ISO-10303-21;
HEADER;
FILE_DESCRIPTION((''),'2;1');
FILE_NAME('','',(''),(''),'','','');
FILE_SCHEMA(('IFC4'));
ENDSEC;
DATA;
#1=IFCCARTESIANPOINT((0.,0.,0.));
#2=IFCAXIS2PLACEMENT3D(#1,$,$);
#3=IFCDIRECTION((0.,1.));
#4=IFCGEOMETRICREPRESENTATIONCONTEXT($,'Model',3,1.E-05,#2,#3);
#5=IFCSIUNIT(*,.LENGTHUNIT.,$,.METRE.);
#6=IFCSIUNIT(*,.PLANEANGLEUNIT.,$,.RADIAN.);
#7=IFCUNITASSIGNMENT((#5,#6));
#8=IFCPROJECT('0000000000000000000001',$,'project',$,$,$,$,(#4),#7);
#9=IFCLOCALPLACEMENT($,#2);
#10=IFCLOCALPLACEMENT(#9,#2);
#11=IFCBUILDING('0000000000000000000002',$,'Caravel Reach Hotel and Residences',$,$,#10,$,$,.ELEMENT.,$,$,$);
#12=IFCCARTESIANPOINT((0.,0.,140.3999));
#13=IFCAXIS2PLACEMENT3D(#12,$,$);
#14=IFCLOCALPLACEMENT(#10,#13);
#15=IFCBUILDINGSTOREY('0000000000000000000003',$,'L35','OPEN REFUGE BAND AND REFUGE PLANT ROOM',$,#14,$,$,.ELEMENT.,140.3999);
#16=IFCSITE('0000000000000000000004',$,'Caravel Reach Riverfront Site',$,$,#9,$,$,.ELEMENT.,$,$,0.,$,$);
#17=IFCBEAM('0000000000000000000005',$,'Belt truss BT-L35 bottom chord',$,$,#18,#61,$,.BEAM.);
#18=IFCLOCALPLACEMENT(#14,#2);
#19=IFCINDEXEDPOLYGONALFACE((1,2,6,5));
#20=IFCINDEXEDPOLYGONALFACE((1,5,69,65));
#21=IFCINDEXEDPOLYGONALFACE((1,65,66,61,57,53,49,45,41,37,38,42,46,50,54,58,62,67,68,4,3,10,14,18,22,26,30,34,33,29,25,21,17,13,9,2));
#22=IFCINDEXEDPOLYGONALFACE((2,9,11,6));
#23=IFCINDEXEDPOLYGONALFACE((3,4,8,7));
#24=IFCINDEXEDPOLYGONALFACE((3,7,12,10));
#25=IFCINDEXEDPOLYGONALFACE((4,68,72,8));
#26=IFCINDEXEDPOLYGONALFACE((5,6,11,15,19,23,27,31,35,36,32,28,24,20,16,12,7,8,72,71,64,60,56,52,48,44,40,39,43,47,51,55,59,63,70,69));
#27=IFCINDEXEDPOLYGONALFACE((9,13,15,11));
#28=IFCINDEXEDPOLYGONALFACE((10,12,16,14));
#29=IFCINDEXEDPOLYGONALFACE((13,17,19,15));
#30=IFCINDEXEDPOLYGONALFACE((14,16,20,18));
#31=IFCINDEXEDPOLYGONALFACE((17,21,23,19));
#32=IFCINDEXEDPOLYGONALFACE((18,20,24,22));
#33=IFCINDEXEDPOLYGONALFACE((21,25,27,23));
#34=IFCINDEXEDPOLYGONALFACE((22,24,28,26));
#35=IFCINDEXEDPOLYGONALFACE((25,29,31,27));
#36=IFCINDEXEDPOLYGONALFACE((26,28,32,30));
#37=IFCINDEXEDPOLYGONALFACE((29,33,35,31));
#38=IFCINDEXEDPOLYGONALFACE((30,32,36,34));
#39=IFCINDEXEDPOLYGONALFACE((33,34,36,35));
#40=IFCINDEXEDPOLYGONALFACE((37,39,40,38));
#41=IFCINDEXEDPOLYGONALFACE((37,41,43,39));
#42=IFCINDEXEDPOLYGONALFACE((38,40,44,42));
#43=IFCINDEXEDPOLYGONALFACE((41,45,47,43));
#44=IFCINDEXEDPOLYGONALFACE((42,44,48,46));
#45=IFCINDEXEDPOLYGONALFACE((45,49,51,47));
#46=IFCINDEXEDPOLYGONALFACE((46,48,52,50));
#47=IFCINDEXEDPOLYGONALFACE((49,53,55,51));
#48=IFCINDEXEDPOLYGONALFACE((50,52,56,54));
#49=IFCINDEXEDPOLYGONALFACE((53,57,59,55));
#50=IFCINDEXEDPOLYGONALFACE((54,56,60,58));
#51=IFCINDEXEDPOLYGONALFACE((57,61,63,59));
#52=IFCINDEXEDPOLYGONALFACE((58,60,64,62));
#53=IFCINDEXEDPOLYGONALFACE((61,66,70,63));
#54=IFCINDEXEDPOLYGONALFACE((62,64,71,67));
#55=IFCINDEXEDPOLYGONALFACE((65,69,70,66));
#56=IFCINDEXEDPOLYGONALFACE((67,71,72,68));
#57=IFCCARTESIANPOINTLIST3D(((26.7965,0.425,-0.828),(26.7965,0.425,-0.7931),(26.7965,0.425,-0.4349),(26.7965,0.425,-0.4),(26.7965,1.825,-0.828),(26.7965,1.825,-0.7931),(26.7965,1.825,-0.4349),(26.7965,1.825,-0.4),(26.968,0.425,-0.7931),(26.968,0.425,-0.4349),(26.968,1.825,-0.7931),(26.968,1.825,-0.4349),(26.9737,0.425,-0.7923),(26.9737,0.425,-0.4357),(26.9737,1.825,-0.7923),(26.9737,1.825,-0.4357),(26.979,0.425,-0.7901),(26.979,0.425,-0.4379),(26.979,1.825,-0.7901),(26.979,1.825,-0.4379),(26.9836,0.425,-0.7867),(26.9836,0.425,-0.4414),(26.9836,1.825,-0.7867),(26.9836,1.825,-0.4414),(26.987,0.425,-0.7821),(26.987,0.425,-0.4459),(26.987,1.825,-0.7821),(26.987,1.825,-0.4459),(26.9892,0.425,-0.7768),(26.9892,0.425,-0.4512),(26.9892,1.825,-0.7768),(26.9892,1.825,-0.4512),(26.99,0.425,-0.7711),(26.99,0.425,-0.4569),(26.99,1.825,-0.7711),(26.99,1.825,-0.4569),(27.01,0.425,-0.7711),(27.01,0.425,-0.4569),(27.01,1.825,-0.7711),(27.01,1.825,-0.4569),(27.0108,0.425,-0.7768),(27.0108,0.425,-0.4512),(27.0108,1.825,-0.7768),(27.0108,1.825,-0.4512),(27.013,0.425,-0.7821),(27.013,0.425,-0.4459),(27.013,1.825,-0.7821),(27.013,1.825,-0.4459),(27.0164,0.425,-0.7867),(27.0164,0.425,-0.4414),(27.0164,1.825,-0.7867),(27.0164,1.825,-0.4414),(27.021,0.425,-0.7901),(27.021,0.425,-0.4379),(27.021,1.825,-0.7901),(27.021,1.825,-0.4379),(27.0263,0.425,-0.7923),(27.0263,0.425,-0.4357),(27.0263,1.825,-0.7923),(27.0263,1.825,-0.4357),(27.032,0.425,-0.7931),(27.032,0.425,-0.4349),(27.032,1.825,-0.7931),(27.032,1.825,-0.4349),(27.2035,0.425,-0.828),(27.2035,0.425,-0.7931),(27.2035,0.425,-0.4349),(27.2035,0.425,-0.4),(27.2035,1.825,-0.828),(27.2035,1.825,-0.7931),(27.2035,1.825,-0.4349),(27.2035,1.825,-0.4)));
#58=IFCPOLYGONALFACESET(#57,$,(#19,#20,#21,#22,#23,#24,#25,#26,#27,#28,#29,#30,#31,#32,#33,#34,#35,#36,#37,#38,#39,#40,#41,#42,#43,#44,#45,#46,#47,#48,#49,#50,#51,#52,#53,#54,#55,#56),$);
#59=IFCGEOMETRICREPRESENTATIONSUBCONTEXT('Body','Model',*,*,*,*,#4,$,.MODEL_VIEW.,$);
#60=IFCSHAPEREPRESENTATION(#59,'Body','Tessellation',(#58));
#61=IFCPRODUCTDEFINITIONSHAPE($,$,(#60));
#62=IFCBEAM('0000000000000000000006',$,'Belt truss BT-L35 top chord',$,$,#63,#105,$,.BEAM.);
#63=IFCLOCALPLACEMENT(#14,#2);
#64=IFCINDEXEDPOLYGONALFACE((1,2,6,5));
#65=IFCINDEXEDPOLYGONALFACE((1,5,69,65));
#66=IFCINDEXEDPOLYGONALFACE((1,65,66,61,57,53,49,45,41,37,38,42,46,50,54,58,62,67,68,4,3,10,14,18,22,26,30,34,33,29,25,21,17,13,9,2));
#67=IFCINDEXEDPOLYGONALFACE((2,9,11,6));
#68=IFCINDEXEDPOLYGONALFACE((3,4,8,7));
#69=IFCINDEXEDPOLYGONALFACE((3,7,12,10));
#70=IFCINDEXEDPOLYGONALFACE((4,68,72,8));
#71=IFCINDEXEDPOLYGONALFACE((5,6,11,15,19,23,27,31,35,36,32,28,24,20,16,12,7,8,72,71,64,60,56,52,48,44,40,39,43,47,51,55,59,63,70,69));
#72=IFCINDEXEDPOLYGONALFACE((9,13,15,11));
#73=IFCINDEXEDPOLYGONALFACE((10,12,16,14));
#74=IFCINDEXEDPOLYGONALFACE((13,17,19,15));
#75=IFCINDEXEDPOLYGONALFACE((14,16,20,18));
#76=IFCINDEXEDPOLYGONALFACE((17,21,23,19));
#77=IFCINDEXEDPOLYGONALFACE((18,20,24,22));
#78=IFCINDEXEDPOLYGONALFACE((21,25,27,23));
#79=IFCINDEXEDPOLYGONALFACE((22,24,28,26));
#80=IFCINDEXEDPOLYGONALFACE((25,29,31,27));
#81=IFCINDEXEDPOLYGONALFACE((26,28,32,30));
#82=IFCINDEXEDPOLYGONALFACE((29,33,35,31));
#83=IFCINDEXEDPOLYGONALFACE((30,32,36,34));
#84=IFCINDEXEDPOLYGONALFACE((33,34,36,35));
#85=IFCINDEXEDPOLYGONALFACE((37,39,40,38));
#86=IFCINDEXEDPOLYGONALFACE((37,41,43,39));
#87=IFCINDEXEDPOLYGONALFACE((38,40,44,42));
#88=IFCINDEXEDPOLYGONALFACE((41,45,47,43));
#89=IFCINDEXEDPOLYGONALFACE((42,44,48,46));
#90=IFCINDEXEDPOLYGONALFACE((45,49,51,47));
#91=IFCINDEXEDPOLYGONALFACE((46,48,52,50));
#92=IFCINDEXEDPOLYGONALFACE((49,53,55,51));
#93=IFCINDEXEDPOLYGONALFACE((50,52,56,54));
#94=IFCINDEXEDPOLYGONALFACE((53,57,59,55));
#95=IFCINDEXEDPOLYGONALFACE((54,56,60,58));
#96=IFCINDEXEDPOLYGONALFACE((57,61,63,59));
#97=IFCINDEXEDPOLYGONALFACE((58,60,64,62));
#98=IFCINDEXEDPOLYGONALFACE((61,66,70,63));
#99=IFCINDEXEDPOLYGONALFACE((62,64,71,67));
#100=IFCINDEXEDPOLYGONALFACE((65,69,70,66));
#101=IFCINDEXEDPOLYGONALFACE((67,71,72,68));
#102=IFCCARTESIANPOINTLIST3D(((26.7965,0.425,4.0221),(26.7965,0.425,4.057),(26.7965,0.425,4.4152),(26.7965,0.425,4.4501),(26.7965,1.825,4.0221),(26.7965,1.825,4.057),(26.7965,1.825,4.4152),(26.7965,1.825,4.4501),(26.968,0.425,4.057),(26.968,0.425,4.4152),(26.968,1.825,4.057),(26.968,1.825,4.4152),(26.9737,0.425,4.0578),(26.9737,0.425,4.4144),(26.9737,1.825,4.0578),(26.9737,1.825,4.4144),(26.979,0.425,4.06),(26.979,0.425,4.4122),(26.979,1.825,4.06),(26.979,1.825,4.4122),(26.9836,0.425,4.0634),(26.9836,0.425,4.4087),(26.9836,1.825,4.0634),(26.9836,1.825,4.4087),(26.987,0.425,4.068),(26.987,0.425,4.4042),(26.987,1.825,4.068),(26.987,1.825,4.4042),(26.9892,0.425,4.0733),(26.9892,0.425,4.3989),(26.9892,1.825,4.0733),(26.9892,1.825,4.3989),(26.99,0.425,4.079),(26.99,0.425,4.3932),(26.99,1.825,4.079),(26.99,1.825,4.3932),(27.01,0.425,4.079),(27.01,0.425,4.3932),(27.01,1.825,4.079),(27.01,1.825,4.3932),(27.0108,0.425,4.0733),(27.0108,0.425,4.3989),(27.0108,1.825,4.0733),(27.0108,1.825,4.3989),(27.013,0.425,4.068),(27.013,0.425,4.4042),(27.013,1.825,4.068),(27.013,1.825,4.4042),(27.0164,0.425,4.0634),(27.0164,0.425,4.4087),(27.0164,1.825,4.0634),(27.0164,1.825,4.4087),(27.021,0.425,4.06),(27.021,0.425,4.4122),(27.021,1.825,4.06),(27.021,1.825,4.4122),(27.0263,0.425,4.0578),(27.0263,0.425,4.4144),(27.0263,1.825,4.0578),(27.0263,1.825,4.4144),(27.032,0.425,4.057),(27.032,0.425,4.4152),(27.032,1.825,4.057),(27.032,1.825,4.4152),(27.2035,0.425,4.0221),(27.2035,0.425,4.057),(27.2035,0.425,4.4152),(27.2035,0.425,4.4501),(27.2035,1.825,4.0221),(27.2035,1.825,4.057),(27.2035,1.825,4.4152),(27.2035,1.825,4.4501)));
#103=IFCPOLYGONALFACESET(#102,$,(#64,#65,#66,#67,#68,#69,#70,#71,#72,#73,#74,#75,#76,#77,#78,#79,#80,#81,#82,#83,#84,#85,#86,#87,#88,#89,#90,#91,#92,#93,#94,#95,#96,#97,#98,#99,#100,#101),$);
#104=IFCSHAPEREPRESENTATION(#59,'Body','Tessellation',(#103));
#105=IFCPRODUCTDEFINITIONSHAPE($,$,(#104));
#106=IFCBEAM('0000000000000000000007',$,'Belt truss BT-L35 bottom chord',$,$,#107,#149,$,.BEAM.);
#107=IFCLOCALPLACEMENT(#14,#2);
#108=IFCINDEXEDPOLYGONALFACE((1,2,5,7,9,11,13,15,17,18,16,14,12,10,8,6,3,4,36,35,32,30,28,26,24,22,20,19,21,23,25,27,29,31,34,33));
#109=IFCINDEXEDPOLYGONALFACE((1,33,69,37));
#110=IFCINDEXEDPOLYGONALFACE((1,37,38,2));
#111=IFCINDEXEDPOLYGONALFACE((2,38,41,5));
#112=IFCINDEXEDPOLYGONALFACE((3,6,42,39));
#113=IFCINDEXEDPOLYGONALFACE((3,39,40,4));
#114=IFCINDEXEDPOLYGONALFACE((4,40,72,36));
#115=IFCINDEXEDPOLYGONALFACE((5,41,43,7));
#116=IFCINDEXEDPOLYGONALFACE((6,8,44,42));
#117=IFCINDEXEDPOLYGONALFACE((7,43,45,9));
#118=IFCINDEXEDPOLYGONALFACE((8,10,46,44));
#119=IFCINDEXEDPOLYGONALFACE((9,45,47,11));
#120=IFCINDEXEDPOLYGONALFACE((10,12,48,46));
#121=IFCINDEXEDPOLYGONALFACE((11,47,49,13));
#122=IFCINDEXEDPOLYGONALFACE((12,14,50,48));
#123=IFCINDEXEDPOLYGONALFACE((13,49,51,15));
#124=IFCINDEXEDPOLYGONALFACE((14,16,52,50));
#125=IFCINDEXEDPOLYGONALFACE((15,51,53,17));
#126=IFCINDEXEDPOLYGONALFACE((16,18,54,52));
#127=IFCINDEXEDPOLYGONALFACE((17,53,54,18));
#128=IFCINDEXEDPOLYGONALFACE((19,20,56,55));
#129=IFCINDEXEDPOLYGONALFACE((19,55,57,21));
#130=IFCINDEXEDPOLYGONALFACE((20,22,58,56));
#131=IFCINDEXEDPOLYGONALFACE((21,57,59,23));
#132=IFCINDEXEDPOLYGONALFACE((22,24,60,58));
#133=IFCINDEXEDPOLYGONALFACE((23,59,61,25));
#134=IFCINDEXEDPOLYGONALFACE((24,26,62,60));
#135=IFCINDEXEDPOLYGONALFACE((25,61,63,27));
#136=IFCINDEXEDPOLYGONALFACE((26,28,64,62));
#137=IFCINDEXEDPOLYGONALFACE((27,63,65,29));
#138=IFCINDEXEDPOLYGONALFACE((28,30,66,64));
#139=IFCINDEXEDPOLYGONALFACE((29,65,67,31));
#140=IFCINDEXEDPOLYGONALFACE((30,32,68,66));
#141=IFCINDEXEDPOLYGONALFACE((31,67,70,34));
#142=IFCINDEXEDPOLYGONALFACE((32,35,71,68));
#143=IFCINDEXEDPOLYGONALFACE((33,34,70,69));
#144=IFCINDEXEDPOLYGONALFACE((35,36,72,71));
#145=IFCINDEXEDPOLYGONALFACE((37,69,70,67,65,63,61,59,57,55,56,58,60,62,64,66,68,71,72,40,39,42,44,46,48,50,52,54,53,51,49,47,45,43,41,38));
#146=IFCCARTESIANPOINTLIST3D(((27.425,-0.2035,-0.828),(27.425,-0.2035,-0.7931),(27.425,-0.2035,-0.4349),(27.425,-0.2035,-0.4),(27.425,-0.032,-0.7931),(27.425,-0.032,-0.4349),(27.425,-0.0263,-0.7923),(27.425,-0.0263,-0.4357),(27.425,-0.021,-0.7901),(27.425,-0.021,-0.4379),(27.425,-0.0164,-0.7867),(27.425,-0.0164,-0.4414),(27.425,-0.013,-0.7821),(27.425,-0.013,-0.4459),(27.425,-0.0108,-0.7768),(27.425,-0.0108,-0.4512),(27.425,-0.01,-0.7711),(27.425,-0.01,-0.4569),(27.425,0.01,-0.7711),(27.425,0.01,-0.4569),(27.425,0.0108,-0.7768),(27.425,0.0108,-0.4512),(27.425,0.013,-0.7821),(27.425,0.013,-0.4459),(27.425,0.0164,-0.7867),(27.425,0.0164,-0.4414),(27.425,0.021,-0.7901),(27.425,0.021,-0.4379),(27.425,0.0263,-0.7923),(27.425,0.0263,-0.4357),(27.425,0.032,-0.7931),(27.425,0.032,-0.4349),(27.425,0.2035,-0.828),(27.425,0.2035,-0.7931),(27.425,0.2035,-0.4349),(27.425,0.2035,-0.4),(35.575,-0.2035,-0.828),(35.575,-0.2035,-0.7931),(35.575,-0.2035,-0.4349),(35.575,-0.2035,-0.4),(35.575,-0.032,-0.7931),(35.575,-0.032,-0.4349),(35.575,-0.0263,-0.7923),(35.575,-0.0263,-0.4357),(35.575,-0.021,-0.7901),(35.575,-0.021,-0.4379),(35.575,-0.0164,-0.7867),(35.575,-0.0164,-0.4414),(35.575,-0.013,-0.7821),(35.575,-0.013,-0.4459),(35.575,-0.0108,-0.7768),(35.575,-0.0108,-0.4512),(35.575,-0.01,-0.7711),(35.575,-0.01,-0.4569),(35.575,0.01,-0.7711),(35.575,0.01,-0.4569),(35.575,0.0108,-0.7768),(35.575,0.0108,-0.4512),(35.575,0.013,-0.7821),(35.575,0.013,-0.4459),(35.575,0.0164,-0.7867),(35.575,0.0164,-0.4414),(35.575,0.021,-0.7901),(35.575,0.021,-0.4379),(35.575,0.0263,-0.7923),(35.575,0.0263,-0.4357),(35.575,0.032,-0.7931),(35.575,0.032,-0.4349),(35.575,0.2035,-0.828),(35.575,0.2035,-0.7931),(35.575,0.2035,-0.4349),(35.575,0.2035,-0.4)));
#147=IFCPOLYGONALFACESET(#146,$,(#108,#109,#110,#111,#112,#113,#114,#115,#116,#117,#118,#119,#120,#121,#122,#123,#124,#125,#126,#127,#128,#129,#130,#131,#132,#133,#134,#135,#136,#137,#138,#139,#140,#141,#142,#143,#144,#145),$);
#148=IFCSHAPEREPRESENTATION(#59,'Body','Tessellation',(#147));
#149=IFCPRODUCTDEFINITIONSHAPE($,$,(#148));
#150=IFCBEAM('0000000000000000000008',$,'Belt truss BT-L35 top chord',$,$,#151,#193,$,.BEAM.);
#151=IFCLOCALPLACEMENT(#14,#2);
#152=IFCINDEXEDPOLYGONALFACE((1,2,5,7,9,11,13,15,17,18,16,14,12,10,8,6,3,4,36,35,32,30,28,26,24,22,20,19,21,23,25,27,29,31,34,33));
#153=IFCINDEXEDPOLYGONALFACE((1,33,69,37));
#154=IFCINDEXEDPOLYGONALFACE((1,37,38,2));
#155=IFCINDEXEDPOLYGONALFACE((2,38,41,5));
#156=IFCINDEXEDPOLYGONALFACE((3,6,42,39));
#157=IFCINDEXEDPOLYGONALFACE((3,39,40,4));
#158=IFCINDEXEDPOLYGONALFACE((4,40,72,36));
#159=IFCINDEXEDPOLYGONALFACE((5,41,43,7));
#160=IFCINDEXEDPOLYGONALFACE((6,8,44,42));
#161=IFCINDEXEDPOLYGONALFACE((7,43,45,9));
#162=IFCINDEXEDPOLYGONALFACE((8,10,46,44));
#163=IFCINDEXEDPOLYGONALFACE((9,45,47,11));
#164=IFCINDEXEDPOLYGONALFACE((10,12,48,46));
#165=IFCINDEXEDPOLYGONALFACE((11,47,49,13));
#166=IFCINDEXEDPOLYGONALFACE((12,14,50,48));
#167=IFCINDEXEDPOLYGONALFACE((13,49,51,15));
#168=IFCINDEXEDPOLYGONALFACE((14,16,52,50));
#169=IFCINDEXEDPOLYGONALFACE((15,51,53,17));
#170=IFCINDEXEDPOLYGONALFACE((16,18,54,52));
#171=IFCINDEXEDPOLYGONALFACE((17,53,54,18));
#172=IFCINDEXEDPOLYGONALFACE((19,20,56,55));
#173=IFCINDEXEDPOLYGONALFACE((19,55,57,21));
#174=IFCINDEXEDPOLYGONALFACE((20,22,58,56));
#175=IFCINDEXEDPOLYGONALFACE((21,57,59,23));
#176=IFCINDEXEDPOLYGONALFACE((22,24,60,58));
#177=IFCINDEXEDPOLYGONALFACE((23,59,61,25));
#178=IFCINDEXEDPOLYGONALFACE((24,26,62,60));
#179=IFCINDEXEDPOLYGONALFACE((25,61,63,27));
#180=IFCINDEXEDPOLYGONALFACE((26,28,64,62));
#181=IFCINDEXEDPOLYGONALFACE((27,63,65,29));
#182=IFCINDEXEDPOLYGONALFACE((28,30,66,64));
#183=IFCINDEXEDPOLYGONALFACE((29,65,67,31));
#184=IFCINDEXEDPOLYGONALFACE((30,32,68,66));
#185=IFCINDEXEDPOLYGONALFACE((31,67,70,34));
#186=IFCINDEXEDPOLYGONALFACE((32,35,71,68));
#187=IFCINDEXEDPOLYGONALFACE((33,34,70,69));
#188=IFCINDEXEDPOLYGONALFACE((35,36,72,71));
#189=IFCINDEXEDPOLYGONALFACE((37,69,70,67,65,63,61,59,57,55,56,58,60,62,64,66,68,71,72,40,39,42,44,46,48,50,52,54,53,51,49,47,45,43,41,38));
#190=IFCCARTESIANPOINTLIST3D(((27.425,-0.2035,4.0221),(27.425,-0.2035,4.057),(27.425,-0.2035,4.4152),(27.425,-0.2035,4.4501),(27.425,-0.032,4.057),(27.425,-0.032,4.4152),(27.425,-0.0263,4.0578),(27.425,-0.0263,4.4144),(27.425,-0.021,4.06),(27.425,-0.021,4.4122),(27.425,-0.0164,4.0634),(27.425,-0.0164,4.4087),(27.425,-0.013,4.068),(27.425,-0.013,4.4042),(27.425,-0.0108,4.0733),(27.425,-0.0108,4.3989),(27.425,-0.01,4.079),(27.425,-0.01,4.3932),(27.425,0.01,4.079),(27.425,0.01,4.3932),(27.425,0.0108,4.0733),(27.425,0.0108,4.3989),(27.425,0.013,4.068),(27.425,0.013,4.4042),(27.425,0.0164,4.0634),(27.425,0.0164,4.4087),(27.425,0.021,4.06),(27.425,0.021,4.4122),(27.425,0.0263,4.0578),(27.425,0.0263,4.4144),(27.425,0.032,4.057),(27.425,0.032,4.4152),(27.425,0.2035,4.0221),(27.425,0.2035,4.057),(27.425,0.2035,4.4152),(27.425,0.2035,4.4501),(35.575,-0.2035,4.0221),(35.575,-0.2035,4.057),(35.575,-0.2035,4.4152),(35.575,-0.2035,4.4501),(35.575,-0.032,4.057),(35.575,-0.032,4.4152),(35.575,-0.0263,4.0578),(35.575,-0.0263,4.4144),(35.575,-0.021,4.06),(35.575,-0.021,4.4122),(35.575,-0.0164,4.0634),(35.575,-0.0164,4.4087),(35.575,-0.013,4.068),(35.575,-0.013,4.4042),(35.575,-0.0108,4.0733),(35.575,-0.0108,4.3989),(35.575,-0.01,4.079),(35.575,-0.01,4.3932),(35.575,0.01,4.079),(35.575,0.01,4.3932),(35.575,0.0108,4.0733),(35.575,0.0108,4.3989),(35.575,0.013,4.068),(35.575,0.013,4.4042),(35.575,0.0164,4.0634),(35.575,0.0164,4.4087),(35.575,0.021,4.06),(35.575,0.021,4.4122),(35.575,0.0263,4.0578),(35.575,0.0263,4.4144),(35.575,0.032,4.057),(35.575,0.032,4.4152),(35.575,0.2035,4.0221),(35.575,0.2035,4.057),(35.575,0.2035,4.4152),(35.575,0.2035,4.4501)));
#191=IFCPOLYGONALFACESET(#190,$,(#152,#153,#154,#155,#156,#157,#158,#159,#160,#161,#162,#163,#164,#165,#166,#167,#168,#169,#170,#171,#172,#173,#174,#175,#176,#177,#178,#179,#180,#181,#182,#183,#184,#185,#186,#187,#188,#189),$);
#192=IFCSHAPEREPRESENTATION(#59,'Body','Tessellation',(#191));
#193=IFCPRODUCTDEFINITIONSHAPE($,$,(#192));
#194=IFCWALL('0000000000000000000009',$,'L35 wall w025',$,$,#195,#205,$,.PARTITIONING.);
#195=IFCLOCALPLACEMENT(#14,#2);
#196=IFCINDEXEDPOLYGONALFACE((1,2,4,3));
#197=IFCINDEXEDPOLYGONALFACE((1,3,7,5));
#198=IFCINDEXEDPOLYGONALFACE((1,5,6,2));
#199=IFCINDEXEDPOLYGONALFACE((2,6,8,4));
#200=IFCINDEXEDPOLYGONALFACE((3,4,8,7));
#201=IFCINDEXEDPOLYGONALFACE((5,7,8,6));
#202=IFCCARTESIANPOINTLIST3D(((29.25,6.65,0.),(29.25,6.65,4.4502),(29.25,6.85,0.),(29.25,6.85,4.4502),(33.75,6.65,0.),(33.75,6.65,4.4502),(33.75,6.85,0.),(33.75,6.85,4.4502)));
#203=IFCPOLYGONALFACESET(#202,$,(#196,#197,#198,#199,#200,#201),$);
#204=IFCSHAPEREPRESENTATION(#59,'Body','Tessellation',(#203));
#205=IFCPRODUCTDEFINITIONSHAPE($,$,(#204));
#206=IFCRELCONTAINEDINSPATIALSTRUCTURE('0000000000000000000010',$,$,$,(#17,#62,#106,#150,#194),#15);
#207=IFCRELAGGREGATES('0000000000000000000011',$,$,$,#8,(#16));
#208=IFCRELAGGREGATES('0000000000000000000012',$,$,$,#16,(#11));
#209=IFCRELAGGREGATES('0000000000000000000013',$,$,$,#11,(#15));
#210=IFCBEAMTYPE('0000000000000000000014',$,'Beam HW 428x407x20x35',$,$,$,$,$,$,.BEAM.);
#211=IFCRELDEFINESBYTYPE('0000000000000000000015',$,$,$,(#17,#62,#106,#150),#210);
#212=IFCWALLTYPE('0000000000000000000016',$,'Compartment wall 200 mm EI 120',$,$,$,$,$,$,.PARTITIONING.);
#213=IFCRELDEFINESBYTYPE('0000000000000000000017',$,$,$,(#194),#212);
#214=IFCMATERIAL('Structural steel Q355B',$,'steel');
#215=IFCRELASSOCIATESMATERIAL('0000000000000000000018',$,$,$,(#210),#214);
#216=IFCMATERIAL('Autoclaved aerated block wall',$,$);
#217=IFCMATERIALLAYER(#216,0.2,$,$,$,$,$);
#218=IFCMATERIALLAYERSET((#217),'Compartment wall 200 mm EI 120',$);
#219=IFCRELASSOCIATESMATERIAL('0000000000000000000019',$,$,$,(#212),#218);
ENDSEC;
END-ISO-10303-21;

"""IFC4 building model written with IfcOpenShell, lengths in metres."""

from ifc_helpers import new_model, si_unit, direction, frame, frame_2d, origin, origin_2d, place, context, subcontext, project, spatial, rectangle, i_section, extrude, material, layer, layer_set, material_profile, profile_set, type_object, element, save


model = new_model("IFC4")

# Units and contexts
model_context = context("Model", 3, precision=1e-05, world=origin(), true_north=direction((0.0, 1.0)))
body_context = subcontext(model_context, "Body", "Model", "MODEL_VIEW")
ifc_project = project(units=[si_unit("LENGTHUNIT", "METRE"), si_unit("PLANEANGLEUNIT", "RADIAN")], contexts=[model_context])

# Site, building, storey
site_placement = place(None, origin())
site = spatial("IfcSite", under=ifc_project, at=site_placement, Name="Caravel Reach Riverfront Site", CompositionType="ELEMENT", RefElevation=0.0)
building_placement = place(site_placement, origin())
building = spatial("IfcBuilding", under=site, at=building_placement, Name="Caravel Reach Hotel and Residences", CompositionType="ELEMENT")
storey_placement = place(building_placement, frame((0.0, 0.0, 140.3999)))
storey = spatial("IfcBuildingStorey", under=building, at=storey_placement, Name="L35", Description="OPEN REFUGE BAND AND REFUGE PLANT ROOM", CompositionType="ELEMENT", Elevation=140.3999)

# Beams
ifc_material_1 = material(Name="Structural steel Q355B", Category="steel")
ifc_material_profile_1 = material_profile(ifc_material_1, i_section(OverallWidth=0.407, OverallDepth=0.428, WebThickness=0.02, FlangeThickness=0.0349, FilletRadius=0.022, at=origin_2d()), Name="HW 428x407x20x35")
ifc_profile_set_1 = profile_set([ifc_material_profile_1], Name="Structural steel Q355B")
beam_type = type_object("IfcBeamType", Name="Beam HW 428x407x20x35", PredefinedType="BEAM", material=ifc_profile_set_1)
for number, where, z_axis, x_axis, name in (
    (1, (27.0, 1.825, -0.614), (0.0, -1.0, 0.0), (1.0, 0.0, 0.0), "Belt truss BT-L35 bottom chord"),
    (2, (27.0, 1.825, 4.2361), (0.0, -1.0, 0.0), (1.0, 0.0, 0.0), "Belt truss BT-L35 top chord"),
):
    element("IfcBeam", number, at=place(storey_placement, frame(where, z_axis=z_axis, x_axis=x_axis)), inside=storey, type_object=beam_type, Name=name, PredefinedType="BEAM", context=body_context, shape_type="SweptSolid", body=[
        extrude(i_section(OverallWidth=0.407, OverallDepth=0.428, WebThickness=0.02, FlangeThickness=0.0349, FilletRadius=0.022, at=origin_2d()), origin(), (0.0, 0.0, 1.0), 1.3999),
    ])
for number, where, z_axis, x_axis, name in (
    (3, (27.425, 0.0, -0.614), (1.0, 0.0, 0.0), (0.0, 1.0, 0.0), "Belt truss BT-L35 bottom chord"),
    (4, (27.425, 0.0, 4.2361), (1.0, 0.0, 0.0), (0.0, 1.0, 0.0), "Belt truss BT-L35 top chord"),
):
    element("IfcBeam", number, at=place(storey_placement, frame(where, z_axis=z_axis, x_axis=x_axis)), inside=storey, type_object=beam_type, Name=name, PredefinedType="BEAM", context=body_context, shape_type="SweptSolid", body=[
        extrude(i_section(OverallWidth=0.407, OverallDepth=0.428, WebThickness=0.02, FlangeThickness=0.0349, FilletRadius=0.022, at=origin_2d()), origin(), (0.0, 0.0, 1.0), 8.1499),
    ])

# Wall
ifc_material_2 = material(Name="Autoclaved aerated block wall")
ifc_layer = layer(ifc_material_2, 0.2)
ifc_layer_set = layer_set([ifc_layer], Name="Compartment wall 200 mm EI 120")
wall_type = type_object("IfcWallType", Name="Compartment wall 200 mm EI 120", PredefinedType="PARTITIONING", material=ifc_layer_set)
wall_1_placement = place(storey_placement, frame((29.25, 6.75, 0.0), z_axis=(0.0, 0.0, 1.0), x_axis=(1.0, 0.0, 0.0)))
element("IfcWall", 5, at=wall_1_placement, inside=storey, type_object=wall_type, Name="L35 wall w025", PredefinedType="PARTITIONING", context=body_context, shape_type="SweptSolid", body=[
    extrude(rectangle(XDim=4.5, YDim=0.2, at=frame_2d((2.25, 0.0))), origin(), (0.0, 0.0, 1.0), 4.4502),
])

save(model, "model.ifc")
